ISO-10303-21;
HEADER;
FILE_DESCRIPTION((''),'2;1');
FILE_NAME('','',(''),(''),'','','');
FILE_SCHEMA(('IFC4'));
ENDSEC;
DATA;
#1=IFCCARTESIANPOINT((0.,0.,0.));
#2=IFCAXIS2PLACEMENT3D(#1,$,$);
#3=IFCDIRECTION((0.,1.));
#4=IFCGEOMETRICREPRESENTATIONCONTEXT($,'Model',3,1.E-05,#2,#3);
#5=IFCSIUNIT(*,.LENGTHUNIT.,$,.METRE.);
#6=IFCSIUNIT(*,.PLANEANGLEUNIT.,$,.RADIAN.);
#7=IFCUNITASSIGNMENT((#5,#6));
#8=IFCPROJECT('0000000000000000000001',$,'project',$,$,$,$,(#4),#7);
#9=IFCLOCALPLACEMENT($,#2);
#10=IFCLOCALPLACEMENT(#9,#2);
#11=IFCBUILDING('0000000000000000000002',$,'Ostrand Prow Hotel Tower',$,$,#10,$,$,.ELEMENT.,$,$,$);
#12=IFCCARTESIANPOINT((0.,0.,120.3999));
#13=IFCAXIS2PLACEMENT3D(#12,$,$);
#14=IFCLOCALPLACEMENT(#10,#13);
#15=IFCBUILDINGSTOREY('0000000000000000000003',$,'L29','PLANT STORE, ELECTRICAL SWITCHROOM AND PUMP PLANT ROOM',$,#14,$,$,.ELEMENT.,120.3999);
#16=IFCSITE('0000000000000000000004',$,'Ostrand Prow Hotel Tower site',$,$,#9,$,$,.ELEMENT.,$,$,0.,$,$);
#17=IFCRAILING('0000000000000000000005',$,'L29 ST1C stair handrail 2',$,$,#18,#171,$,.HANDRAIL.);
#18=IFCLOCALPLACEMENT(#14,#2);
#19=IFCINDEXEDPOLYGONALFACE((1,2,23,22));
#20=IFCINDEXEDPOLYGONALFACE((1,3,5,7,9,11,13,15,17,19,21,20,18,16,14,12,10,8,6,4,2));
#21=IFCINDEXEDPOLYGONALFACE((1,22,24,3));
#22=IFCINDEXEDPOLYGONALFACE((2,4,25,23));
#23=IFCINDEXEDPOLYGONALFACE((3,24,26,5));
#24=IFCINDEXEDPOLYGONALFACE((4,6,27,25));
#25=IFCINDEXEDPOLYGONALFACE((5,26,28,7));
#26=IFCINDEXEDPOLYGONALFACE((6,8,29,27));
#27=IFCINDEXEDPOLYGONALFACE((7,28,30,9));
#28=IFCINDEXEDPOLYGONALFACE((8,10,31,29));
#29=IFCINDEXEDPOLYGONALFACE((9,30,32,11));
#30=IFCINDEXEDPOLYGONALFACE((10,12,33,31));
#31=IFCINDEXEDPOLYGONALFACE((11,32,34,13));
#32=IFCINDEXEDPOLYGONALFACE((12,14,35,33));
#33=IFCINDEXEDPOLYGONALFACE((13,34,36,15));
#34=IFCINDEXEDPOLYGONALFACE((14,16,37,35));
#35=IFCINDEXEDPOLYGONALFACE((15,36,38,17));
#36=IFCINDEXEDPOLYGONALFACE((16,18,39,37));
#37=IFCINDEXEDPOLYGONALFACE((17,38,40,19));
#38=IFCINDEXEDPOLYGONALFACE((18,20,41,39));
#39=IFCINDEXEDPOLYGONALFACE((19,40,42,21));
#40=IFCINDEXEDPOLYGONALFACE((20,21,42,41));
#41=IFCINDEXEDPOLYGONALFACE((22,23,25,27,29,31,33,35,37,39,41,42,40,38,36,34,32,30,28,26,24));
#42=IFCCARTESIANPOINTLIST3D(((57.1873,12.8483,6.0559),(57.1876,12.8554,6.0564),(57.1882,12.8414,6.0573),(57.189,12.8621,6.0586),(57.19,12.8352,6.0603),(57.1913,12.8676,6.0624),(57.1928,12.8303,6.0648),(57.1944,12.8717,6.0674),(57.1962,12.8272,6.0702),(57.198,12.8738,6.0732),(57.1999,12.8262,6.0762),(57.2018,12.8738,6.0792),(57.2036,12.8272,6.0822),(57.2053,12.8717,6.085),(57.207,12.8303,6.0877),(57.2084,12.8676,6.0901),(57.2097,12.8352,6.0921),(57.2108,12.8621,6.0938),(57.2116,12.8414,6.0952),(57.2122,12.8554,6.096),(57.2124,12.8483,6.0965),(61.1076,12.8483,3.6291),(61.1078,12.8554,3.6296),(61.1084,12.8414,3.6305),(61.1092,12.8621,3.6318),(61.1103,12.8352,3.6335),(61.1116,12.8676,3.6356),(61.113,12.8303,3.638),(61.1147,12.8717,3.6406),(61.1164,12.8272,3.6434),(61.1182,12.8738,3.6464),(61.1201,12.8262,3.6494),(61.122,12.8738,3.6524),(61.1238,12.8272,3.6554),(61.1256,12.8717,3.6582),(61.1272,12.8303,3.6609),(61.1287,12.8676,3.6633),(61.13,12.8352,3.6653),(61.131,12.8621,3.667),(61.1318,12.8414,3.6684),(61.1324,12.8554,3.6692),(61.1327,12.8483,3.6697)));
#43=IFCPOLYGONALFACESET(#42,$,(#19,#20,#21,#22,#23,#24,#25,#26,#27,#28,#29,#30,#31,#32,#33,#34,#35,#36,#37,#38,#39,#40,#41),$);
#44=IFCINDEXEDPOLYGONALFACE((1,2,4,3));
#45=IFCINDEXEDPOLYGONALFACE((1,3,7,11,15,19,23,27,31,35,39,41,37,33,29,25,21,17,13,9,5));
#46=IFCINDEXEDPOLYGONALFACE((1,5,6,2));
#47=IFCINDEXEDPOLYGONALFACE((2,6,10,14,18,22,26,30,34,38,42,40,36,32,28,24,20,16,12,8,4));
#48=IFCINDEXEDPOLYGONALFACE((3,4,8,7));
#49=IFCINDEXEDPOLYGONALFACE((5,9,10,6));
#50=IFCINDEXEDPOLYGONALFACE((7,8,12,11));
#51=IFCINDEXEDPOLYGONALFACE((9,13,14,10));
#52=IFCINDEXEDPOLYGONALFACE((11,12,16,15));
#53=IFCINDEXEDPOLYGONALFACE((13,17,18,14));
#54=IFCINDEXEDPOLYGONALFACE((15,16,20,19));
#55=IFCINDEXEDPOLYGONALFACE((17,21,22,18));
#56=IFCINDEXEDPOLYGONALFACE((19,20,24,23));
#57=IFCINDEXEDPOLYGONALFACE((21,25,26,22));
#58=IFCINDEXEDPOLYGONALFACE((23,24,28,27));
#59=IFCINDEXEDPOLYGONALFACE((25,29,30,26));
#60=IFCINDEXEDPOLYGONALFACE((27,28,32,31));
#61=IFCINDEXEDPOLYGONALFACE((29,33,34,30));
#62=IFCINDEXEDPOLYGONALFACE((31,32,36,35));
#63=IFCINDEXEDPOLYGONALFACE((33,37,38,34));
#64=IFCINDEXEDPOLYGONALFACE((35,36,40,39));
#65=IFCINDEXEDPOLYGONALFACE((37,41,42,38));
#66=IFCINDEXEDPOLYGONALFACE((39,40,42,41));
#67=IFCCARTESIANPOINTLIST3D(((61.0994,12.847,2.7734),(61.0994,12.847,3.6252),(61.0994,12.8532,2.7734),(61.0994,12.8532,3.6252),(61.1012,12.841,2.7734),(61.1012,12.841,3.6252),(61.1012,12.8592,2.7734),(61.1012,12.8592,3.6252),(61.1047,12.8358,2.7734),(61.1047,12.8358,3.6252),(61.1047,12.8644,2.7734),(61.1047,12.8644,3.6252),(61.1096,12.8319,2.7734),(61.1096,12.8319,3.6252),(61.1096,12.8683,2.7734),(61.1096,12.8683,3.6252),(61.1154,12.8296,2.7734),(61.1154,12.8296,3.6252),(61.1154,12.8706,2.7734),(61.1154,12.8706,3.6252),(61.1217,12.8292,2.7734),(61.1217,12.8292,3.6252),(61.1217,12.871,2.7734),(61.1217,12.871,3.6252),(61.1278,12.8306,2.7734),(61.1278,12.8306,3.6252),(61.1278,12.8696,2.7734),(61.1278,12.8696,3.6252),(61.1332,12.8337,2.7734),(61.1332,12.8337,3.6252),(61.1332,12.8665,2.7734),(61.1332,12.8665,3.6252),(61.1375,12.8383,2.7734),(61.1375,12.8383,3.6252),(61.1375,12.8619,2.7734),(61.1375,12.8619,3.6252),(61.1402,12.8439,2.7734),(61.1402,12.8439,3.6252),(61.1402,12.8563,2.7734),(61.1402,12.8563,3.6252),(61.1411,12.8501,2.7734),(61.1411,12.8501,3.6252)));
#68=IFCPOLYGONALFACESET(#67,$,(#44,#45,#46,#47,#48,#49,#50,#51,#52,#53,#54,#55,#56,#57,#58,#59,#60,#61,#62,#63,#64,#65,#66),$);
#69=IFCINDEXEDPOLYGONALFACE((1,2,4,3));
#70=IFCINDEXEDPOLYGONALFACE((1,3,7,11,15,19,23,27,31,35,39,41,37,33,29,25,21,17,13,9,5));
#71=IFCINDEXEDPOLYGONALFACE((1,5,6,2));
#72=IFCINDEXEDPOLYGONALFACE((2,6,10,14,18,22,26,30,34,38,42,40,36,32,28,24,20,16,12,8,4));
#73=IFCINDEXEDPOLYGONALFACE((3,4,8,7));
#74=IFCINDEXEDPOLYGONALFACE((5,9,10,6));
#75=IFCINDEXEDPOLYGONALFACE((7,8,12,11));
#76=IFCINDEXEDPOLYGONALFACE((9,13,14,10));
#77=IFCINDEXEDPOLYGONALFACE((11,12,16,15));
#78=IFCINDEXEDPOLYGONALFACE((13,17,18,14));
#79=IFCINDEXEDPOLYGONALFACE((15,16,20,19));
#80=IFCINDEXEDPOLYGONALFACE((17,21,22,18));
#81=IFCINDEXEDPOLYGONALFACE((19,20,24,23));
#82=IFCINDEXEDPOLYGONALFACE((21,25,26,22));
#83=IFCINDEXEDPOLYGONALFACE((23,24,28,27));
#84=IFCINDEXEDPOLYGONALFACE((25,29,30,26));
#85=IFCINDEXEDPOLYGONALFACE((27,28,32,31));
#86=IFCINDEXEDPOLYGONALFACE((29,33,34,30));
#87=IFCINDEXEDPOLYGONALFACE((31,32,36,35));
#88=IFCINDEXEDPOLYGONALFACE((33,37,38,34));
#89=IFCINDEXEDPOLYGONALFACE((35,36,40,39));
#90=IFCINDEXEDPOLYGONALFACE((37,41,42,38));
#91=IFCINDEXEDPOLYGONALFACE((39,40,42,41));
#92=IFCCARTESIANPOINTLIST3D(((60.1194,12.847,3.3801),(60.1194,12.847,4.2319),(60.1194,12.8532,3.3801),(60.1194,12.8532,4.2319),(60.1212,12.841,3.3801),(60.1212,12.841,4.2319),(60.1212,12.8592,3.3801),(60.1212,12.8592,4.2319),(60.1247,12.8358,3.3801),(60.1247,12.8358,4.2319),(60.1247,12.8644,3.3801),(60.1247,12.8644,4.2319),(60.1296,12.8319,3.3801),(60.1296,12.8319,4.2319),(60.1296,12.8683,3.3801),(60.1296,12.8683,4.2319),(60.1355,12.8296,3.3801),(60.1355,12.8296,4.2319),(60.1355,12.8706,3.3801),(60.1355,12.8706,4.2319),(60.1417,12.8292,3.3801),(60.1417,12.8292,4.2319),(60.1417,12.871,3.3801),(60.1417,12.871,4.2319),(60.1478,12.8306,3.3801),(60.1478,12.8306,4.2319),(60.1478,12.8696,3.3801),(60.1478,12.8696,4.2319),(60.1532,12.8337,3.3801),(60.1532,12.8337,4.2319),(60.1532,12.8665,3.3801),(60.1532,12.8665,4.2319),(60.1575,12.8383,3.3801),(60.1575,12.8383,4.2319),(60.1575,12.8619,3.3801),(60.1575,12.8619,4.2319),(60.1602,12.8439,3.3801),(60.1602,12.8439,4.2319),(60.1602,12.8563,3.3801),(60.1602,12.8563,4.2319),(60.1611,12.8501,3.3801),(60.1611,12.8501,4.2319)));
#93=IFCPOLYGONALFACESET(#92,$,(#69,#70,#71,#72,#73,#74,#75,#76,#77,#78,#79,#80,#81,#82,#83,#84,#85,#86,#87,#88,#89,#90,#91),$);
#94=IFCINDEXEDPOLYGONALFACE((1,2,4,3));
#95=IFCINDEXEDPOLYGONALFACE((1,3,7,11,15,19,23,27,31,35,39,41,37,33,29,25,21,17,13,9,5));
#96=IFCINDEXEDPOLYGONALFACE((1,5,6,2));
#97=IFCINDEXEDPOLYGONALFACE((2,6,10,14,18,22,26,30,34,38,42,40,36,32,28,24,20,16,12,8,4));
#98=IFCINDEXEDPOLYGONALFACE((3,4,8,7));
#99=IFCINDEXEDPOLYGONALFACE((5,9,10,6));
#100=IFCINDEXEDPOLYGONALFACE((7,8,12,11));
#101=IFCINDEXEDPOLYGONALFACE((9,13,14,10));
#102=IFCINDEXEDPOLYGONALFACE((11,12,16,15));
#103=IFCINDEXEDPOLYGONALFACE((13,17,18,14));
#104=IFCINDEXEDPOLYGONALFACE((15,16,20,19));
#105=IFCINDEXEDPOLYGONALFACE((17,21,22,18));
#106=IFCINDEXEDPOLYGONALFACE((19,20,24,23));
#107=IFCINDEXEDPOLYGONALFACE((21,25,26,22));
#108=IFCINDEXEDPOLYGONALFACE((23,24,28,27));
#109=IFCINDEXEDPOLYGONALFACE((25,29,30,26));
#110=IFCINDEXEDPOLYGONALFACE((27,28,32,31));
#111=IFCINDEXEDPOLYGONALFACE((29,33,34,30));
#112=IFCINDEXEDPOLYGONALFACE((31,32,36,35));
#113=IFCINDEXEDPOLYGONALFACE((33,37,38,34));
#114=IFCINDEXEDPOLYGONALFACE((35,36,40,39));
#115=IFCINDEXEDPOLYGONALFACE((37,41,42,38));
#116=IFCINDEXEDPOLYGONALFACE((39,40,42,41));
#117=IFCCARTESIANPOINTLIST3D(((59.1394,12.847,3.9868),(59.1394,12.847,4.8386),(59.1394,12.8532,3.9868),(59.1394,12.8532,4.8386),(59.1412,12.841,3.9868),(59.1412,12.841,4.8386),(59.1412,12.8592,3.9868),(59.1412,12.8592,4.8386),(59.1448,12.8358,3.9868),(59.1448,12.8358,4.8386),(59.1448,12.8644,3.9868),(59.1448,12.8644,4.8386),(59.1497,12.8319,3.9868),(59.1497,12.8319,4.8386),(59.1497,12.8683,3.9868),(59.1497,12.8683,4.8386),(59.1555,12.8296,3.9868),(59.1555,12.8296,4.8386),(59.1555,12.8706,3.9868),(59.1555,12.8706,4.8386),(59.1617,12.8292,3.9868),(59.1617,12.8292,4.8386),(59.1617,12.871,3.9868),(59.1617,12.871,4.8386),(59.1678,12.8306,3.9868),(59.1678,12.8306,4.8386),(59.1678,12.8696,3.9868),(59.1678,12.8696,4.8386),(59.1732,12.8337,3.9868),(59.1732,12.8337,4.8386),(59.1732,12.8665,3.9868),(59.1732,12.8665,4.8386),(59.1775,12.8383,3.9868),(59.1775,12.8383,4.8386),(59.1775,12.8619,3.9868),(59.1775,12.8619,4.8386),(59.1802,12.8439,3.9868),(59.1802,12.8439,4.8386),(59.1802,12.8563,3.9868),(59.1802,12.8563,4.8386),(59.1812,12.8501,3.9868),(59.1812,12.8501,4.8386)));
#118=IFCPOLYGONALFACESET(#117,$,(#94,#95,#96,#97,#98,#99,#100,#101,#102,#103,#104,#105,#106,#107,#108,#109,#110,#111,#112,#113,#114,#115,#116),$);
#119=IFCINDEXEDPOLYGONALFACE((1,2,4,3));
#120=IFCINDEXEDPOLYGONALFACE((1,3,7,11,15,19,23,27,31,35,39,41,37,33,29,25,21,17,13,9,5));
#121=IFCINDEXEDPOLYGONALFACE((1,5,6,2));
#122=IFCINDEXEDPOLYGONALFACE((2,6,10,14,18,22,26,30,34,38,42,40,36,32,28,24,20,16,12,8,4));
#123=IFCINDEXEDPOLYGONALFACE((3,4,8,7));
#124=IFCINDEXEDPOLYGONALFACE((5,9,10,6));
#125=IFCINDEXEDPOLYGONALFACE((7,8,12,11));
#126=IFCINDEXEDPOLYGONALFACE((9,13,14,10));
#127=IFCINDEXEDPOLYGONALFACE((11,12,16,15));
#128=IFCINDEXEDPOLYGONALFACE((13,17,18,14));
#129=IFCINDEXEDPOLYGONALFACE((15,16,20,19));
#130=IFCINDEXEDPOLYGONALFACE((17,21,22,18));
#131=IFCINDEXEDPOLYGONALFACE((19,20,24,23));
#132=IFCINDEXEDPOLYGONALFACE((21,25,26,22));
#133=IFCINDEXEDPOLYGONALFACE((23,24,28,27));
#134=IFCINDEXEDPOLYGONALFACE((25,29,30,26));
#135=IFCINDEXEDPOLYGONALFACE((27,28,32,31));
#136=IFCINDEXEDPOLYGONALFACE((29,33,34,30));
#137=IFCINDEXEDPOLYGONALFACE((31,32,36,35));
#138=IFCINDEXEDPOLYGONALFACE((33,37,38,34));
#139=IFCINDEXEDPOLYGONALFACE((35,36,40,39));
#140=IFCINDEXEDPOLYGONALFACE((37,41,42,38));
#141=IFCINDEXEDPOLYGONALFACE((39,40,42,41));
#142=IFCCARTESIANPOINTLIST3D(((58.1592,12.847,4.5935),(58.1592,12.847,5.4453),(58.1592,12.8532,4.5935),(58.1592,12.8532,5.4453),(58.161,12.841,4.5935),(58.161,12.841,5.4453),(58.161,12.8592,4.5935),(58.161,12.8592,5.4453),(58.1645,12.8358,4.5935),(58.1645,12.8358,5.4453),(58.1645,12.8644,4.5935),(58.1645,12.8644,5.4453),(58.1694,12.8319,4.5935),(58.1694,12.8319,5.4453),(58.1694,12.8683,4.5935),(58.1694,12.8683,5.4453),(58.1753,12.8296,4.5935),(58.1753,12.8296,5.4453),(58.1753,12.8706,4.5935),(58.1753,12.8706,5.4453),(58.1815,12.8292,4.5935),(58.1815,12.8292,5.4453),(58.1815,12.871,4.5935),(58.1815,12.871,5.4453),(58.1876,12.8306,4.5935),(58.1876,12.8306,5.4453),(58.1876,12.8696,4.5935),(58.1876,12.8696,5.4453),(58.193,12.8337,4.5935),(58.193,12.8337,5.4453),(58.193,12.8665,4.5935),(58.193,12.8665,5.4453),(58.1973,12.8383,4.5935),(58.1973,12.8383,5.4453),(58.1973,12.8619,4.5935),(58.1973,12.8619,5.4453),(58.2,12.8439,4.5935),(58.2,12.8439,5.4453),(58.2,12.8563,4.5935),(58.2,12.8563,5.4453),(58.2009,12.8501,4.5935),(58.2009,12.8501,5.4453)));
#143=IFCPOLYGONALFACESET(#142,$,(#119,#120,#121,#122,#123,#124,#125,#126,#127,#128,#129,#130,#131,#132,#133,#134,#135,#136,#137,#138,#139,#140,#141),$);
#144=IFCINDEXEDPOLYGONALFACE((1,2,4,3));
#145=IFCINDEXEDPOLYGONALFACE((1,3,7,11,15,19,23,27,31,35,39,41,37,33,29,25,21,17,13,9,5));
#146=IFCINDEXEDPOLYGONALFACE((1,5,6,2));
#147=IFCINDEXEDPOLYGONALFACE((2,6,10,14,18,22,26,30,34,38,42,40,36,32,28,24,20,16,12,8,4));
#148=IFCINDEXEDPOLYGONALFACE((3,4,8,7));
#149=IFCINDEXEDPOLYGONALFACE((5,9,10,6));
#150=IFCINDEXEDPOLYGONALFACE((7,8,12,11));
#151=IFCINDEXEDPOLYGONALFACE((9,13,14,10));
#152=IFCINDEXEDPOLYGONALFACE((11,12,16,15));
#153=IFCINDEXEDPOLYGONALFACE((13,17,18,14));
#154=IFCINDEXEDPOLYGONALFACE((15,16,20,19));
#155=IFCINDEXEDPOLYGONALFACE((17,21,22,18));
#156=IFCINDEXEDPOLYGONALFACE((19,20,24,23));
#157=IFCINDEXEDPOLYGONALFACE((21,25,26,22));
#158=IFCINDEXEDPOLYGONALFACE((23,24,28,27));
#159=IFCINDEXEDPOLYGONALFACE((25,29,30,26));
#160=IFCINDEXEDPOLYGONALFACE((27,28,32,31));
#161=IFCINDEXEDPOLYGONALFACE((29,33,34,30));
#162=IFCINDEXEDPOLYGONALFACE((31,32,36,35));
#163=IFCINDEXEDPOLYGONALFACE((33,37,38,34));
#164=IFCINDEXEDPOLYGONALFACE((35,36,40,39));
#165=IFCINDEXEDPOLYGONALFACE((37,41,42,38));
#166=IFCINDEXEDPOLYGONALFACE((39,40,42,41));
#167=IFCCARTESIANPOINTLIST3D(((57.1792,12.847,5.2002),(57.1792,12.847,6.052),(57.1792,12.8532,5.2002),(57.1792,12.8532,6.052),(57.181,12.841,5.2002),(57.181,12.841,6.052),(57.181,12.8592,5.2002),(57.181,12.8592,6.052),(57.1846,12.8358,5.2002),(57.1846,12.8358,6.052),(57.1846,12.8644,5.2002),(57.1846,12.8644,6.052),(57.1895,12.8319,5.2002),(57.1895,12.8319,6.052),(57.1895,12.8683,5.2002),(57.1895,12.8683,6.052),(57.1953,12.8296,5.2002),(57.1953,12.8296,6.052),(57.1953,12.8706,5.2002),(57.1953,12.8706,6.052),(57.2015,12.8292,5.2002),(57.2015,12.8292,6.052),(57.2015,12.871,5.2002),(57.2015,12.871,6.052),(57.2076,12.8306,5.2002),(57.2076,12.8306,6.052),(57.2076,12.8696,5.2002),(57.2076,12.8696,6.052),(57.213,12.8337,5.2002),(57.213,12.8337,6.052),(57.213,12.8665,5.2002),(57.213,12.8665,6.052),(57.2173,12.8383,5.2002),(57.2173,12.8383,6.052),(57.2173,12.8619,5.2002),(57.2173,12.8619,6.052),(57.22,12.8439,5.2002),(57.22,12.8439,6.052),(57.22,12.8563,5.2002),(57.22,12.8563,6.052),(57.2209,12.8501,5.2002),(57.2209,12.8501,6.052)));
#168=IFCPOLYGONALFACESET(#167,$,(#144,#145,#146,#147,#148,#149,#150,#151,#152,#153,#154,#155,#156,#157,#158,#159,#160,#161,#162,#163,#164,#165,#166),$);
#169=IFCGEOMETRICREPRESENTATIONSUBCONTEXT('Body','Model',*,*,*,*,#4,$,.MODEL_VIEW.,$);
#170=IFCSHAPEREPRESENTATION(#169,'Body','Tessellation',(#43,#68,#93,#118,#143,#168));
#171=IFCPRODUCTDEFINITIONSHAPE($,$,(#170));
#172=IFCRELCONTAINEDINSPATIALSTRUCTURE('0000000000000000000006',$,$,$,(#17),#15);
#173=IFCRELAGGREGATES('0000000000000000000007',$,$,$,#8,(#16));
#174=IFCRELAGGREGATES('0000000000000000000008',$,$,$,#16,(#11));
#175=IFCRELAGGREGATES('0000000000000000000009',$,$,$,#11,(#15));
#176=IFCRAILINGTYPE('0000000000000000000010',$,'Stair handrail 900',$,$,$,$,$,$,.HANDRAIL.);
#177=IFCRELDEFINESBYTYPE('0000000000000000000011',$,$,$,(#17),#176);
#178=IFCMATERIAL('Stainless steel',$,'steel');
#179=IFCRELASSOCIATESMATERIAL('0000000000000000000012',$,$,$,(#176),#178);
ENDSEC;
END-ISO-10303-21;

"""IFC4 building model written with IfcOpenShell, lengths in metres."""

from ifc_helpers import new_model, si_unit, direction, frame, origin, origin_2d, place, context, subcontext, project, spatial, circle, extrude, material, type_object, element, save


model = new_model("IFC4")

# Units and contexts
model_context = context("Model", 3, precision=1e-05, world=origin(), true_north=direction((0.0, 1.0)))
body_context = subcontext(model_context, "Body", "Model", "MODEL_VIEW")
ifc_project = project(units=[si_unit("LENGTHUNIT", "METRE"), si_unit("PLANEANGLEUNIT", "RADIAN")], contexts=[model_context])

# Site, building, storey
site_placement = place(None, origin())
site = spatial("IfcSite", under=ifc_project, at=site_placement, Name="Ostrand Prow Hotel Tower site", CompositionType="ELEMENT", RefElevation=0.0)
building_placement = place(site_placement, origin())
building = spatial("IfcBuilding", under=site, at=building_placement, Name="Ostrand Prow Hotel Tower", CompositionType="ELEMENT")
storey_placement = place(building_placement, frame((0.0, 0.0, 120.3999)))
storey = spatial("IfcBuildingStorey", under=building, at=storey_placement, Name="L29", Description="PLANT STORE, ELECTRICAL SWITCHROOM AND PUMP PLANT ROOM", CompositionType="ELEMENT", Elevation=120.3999)

# Railing
ifc_material_1 = material(Name="Stainless steel", Category="steel")
railing_type_1 = type_object("IfcRailingType", Name="Stair handrail 900", PredefinedType="HANDRAIL", material=ifc_material_1)
railing_1_placement = place(storey_placement, frame((61.1201, 12.8501, 2.7734)))
element("IfcRailing", 1, at=railing_1_placement, inside=storey, type_object=railing_type_1, Name="L29 ST1C stair handrail 2", PredefinedType="HANDRAIL", context=body_context, shape_type="SweptSolid", body=[
    extrude(circle(Radius=0.0239, at=origin_2d()), frame((0.0, 0.0, 0.876), z_axis=(-0.850266, 0.0, 0.526353), x_axis=(0.0, -1.0, 0.0)), (0.0, 0.0, 1.0), 4.6106),
    extrude(circle(Radius=0.021, at=origin_2d()), origin(), (0.0, 0.0, 1.0), 0.8518),
    extrude(circle(Radius=0.021, at=origin_2d()), frame((-0.98, 0.0, 0.6067)), (0.0, 0.0, 1.0), 0.8518),
    extrude(circle(Radius=0.021, at=origin_2d()), frame((-1.96, 0.0, 1.2134)), (0.0, 0.0, 1.0), 0.8518),
    extrude(circle(Radius=0.021, at=origin_2d()), frame((-2.9402, 0.0, 1.8201)), (0.0, 0.0, 1.0), 0.8518),
    extrude(circle(Radius=0.021, at=origin_2d()), frame((-3.9202, 0.0, 2.4268)), (0.0, 0.0, 1.0), 0.8518),
])

save(model, "model.ifc")
